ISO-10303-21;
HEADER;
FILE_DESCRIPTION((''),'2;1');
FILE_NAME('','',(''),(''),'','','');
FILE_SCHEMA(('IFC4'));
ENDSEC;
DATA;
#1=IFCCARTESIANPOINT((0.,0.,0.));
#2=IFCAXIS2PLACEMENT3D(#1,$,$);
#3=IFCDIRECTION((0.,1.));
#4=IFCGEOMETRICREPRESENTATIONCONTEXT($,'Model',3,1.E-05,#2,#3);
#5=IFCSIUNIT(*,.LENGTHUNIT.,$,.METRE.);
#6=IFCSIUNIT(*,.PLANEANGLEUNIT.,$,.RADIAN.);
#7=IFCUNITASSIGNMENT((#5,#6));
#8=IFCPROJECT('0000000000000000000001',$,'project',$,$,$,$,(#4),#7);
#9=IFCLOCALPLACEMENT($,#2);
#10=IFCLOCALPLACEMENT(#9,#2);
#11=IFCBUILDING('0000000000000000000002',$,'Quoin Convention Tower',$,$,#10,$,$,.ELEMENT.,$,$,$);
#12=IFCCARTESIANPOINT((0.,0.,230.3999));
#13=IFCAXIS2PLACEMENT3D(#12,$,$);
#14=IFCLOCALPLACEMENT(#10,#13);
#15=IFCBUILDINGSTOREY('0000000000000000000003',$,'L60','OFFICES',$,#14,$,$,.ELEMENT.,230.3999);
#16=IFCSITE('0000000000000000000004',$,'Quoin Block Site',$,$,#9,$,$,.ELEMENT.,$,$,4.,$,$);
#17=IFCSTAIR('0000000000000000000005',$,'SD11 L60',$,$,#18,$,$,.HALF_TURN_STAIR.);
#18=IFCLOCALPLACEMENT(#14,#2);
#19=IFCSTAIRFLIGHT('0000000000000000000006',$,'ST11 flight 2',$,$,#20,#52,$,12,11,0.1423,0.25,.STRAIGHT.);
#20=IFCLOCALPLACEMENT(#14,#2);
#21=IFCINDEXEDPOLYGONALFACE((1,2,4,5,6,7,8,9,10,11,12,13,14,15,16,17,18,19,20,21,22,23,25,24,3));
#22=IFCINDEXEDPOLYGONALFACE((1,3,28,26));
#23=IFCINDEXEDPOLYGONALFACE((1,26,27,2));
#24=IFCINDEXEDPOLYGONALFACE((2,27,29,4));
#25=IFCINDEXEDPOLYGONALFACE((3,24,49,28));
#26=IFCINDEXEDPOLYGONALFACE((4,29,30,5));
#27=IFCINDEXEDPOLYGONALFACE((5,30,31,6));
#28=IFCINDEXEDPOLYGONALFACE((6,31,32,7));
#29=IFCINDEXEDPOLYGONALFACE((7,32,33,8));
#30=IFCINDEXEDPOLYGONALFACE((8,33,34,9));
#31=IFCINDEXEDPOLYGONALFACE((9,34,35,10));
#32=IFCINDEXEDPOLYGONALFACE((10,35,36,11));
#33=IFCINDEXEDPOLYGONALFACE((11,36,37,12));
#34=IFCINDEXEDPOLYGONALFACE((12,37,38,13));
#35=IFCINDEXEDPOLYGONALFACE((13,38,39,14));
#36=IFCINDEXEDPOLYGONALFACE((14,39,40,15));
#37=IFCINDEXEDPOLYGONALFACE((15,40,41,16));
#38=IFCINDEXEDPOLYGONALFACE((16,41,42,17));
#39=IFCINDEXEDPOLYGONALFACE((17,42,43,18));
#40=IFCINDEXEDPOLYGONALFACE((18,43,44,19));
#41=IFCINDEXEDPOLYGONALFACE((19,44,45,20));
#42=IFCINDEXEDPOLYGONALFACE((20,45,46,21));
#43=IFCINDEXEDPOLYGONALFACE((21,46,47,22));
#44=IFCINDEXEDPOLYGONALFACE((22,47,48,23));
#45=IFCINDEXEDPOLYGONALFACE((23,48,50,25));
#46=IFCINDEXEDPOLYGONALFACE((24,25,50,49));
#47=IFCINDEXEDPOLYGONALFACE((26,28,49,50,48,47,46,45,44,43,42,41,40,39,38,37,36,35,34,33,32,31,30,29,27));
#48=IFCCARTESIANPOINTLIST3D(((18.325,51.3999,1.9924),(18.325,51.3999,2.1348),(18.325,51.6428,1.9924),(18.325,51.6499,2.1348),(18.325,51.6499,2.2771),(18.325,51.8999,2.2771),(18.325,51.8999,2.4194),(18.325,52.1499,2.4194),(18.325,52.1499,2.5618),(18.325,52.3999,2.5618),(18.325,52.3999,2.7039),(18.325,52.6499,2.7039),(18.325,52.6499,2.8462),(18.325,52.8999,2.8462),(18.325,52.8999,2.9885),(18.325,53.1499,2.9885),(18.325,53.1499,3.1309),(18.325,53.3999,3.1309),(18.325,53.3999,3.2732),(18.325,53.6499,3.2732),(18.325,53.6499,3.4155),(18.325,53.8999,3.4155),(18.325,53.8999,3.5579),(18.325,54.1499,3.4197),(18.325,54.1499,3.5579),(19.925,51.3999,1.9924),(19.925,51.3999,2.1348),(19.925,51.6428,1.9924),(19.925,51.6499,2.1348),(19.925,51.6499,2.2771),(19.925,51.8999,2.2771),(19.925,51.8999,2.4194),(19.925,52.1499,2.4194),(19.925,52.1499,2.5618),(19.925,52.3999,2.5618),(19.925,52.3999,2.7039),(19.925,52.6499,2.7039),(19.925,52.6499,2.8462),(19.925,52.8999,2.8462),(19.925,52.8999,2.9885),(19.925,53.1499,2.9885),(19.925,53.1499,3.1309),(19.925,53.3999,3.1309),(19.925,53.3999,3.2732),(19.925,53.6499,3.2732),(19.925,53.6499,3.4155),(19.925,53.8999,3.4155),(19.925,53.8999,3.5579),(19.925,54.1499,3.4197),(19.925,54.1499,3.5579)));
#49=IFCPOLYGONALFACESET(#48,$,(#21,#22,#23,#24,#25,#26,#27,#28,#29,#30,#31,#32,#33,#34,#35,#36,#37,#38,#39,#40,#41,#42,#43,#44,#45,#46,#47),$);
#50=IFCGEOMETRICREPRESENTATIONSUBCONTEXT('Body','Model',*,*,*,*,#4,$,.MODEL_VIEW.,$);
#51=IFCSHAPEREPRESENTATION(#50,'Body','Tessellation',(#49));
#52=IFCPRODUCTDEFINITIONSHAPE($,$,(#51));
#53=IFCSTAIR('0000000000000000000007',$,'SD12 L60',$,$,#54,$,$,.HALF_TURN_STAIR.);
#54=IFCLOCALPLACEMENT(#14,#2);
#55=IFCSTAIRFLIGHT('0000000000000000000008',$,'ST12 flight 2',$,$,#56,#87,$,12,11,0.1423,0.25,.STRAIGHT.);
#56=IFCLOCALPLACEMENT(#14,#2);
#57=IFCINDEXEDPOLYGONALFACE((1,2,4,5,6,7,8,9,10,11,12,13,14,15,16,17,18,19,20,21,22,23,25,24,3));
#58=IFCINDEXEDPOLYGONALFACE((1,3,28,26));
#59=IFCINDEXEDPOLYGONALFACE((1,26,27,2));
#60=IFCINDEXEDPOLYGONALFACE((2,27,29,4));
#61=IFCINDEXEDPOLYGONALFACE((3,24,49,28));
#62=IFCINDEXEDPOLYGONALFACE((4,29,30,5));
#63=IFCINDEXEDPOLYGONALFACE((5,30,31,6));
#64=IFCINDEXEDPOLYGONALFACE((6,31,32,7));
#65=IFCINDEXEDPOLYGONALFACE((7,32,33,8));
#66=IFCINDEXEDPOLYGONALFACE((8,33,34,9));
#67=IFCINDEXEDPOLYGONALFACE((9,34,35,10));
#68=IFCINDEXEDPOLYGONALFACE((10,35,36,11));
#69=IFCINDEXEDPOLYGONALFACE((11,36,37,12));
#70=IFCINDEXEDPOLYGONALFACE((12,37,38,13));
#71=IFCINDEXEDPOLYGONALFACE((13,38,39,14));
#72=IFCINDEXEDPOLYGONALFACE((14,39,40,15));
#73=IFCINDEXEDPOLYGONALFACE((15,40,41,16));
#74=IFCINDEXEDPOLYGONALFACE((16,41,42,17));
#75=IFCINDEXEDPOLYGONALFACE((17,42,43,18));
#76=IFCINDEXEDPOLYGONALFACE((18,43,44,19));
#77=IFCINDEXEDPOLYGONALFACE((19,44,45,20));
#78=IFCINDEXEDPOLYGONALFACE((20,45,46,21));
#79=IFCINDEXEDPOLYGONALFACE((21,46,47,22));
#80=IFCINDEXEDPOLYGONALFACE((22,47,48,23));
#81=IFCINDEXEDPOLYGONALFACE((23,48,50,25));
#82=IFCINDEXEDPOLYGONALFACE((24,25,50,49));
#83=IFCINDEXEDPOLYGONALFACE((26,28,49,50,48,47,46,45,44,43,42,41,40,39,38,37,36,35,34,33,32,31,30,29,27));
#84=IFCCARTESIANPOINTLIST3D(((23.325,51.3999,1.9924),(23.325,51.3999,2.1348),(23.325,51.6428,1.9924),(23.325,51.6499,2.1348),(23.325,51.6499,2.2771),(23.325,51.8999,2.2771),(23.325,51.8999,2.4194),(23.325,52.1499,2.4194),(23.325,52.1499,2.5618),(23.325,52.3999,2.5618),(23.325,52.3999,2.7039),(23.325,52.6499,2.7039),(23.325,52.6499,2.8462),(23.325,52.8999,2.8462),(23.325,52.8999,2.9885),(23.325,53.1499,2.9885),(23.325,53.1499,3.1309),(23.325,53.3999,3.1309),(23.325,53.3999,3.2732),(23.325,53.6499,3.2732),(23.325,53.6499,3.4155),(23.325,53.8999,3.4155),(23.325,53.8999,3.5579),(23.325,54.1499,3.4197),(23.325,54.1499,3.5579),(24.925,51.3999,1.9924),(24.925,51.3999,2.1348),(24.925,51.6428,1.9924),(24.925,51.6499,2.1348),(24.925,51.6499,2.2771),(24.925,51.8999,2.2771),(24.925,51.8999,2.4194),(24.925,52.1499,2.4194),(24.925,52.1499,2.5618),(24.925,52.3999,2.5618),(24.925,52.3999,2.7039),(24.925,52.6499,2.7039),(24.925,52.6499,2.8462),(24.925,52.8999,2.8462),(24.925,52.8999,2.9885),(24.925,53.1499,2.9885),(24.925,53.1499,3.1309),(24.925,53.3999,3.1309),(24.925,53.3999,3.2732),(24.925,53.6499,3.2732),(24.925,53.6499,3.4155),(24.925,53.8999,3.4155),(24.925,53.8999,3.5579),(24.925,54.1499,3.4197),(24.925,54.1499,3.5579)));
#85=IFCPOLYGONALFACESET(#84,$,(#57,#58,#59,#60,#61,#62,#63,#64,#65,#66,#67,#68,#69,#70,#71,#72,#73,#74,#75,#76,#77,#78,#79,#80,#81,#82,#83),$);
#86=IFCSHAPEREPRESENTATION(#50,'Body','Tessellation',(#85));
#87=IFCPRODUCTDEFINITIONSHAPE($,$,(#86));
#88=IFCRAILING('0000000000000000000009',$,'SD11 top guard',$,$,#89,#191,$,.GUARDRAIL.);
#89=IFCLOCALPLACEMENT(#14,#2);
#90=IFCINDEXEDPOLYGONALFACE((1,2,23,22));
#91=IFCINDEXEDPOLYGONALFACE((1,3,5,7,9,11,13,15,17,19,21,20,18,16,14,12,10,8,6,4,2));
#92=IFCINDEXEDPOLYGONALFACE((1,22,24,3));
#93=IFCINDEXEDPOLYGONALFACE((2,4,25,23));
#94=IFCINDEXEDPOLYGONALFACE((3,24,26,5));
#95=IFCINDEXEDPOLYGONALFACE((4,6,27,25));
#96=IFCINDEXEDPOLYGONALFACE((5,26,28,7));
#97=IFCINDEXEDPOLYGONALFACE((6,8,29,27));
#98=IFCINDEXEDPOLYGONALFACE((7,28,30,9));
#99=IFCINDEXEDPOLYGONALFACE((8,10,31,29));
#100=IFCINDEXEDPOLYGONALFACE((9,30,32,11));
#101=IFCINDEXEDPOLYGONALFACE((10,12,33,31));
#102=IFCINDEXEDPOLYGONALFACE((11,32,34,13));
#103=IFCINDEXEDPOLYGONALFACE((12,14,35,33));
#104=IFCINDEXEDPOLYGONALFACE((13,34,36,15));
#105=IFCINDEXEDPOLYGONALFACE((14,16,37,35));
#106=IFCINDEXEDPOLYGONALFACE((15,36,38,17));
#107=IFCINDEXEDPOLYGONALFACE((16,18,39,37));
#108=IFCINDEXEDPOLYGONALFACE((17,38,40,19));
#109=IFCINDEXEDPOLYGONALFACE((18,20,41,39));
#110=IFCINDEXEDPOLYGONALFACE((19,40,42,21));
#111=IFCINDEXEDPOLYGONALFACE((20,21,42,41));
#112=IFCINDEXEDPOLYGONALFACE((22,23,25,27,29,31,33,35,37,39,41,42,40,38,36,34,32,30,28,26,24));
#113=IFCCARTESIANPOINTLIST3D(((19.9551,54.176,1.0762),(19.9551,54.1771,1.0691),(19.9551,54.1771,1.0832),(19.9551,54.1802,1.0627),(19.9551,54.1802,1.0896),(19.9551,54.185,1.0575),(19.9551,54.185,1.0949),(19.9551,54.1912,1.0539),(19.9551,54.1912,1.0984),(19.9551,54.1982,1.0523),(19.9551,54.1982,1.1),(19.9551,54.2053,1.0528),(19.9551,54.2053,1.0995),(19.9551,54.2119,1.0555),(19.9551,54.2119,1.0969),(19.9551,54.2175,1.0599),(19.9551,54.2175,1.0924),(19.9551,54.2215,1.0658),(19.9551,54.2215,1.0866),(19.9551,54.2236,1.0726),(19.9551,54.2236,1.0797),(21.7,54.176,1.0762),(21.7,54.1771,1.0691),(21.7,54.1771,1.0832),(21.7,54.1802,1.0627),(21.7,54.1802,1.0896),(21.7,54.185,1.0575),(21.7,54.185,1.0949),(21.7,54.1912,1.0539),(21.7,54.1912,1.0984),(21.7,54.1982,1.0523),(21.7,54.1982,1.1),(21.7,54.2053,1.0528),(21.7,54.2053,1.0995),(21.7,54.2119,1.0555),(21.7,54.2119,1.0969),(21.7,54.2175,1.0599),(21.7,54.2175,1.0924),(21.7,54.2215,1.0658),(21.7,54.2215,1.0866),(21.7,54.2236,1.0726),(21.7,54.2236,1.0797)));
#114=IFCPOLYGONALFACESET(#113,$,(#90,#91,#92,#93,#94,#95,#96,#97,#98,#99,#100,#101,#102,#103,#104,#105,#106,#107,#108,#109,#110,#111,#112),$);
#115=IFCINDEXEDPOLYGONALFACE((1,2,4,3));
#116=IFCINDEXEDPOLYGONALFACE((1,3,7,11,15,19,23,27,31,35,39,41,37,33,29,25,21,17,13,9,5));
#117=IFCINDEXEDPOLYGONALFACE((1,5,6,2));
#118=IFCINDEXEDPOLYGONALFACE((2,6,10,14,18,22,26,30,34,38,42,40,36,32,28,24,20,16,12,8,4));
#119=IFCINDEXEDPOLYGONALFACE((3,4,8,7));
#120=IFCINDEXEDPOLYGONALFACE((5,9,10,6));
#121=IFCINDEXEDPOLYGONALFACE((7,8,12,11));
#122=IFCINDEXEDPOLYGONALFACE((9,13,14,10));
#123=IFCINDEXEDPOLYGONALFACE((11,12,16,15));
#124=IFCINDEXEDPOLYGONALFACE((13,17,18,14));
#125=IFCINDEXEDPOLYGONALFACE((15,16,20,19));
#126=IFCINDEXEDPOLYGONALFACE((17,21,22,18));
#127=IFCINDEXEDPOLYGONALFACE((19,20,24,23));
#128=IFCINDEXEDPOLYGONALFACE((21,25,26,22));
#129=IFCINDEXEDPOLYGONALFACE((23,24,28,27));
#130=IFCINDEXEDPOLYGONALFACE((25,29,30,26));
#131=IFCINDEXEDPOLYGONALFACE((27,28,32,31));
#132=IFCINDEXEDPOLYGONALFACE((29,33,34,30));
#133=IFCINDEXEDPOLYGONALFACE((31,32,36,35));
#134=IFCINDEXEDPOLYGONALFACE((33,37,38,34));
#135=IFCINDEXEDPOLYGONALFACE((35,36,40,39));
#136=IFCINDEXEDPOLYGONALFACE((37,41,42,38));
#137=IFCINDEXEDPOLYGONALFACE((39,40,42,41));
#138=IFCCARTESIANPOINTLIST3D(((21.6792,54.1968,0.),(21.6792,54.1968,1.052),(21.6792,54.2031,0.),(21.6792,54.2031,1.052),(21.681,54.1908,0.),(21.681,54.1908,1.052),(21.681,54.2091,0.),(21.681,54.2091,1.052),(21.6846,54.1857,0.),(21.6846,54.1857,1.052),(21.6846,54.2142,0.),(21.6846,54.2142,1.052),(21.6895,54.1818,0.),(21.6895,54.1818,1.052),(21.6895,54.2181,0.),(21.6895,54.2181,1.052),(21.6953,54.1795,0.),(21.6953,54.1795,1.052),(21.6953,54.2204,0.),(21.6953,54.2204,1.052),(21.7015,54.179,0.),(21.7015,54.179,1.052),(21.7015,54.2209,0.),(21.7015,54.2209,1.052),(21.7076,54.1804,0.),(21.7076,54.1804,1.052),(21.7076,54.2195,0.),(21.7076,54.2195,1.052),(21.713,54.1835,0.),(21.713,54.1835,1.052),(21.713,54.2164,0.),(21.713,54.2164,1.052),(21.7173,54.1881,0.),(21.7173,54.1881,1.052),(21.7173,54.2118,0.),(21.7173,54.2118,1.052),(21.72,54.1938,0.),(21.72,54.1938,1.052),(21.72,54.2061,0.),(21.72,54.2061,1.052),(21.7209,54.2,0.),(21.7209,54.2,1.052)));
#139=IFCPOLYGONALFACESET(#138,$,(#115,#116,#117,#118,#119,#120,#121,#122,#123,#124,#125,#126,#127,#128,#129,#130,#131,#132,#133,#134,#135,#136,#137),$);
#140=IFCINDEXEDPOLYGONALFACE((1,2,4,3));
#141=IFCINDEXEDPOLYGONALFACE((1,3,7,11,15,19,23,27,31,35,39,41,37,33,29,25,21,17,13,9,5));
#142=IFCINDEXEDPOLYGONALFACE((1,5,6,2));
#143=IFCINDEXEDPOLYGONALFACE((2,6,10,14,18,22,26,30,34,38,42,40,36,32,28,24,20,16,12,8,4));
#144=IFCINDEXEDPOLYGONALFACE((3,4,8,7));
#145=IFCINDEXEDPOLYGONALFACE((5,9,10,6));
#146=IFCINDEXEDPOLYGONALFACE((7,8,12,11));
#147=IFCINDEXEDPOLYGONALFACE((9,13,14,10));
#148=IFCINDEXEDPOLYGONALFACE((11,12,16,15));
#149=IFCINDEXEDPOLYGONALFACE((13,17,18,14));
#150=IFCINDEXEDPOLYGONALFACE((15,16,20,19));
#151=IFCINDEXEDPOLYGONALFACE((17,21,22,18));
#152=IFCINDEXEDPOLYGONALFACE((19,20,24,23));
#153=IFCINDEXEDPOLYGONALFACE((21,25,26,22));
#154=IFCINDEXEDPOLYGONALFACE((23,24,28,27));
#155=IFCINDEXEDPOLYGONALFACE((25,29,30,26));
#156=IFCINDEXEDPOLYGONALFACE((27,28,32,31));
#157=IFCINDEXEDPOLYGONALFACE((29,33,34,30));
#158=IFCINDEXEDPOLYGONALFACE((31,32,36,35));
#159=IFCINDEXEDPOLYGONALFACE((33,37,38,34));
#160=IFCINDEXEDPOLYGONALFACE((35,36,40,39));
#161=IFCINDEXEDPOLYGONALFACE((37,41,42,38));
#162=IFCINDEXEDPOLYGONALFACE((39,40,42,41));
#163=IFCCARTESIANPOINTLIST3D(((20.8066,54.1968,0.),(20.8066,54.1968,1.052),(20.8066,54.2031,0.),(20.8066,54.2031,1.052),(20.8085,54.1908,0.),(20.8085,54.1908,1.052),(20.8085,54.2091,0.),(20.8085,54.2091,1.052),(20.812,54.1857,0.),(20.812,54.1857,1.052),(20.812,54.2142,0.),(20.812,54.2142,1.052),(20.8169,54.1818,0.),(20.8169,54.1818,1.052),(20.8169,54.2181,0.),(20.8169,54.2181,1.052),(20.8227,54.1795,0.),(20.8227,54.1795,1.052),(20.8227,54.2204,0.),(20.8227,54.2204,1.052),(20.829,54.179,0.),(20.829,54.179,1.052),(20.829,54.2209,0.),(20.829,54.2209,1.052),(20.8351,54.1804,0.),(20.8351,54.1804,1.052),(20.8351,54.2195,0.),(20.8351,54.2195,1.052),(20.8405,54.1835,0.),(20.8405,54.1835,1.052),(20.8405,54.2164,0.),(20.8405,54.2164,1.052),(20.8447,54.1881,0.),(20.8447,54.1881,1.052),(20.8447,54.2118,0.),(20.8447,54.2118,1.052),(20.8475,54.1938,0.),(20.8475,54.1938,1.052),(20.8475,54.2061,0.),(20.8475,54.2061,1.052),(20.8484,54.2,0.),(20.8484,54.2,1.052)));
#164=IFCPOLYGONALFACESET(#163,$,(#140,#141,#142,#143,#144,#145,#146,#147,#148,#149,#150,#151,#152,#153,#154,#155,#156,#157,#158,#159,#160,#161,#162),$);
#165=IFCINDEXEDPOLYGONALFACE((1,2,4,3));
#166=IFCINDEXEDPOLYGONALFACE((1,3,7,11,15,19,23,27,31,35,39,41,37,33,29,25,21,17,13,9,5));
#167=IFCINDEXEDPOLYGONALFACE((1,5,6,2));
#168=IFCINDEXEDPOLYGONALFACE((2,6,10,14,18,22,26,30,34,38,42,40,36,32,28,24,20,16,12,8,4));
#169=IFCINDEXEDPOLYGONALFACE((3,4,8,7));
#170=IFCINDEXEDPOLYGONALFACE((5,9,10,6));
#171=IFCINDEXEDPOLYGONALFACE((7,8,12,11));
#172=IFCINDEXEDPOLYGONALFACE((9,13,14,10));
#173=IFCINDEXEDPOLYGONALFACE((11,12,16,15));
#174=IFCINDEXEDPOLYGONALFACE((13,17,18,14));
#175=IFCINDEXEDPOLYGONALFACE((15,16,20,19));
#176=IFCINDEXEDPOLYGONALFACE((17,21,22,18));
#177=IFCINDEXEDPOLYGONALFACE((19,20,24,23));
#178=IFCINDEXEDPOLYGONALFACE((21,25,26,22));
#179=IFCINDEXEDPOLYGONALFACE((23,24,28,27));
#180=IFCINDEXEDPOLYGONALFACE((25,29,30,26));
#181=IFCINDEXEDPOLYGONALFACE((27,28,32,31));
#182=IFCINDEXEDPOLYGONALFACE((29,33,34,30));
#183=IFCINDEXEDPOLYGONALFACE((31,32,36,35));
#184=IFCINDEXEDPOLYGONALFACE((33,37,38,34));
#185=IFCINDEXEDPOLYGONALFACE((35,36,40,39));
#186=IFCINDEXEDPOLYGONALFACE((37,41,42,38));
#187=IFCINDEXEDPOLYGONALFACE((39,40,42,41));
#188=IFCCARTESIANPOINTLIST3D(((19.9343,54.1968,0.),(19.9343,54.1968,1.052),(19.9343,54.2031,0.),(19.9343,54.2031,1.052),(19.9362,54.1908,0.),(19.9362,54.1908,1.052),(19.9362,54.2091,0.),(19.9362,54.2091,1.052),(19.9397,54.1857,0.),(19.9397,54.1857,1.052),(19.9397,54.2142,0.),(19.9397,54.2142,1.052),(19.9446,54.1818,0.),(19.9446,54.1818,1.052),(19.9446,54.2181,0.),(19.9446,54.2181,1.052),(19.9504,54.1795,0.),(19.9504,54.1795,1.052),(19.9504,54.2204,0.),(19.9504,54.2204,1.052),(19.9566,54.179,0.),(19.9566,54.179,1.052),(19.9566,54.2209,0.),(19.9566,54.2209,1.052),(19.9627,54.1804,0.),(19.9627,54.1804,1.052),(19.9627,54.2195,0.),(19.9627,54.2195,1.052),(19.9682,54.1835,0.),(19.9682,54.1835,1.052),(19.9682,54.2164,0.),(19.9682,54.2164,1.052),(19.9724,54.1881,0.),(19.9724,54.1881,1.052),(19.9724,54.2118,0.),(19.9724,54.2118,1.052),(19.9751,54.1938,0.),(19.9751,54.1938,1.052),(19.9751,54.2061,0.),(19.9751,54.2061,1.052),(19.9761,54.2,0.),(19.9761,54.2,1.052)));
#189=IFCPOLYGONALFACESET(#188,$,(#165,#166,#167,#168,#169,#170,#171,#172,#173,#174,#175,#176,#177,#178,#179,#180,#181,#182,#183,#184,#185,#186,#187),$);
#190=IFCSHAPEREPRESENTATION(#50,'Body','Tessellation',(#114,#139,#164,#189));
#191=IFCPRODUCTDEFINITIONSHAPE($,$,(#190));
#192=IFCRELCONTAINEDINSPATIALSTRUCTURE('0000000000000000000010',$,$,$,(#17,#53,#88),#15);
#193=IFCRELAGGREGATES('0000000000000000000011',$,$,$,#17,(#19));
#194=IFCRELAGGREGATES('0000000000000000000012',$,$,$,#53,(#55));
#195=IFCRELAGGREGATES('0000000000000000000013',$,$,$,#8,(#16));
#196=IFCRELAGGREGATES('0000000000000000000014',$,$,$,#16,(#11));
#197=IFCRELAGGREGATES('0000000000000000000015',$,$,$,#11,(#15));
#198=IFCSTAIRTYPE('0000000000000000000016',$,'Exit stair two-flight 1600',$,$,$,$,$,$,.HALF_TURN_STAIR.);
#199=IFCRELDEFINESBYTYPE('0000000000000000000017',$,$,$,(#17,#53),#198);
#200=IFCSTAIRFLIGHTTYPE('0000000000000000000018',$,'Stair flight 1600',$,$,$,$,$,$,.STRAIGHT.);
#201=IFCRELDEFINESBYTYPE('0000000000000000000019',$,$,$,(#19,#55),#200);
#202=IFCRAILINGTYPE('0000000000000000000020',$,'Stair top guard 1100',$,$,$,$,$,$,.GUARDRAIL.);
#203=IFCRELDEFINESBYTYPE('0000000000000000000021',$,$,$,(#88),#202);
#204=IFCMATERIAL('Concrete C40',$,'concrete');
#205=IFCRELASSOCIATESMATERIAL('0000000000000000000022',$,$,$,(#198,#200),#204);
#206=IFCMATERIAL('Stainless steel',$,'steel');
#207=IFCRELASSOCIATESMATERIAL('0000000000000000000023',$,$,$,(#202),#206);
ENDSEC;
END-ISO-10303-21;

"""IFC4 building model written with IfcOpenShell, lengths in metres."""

from ifc_helpers import new_model, si_unit, direction, frame, origin, origin_2d, place, context, subcontext, project, spatial, polyline, circle, outline, extrude, material, type_object, element, aggregate, save


model = new_model("IFC4")

# Units and contexts
model_context = context("Model", 3, precision=1e-05, world=origin(), true_north=direction((0.0, 1.0)))
body_context = subcontext(model_context, "Body", "Model", "MODEL_VIEW")
ifc_project = project(units=[si_unit("LENGTHUNIT", "METRE"), si_unit("PLANEANGLEUNIT", "RADIAN")], contexts=[model_context])

# Site, building, storey
site_placement = place(None, origin())
site = spatial("IfcSite", under=ifc_project, at=site_placement, Name="Quoin Block Site", CompositionType="ELEMENT", RefElevation=4.0)
building_placement = place(site_placement, origin())
building = spatial("IfcBuilding", under=site, at=building_placement, Name="Quoin Convention Tower", CompositionType="ELEMENT")
storey_placement = place(building_placement, frame((0.0, 0.0, 230.3999)))
storey = spatial("IfcBuildingStorey", under=building, at=storey_placement, Name="L60", Description="OFFICES", CompositionType="ELEMENT", Elevation=230.3999)

# Stair, stair flight
ifc_material_1 = material(Name="Concrete C40", Category="concrete")
stair_type = type_object("IfcStairType", Name="Exit stair two-flight 1600", PredefinedType="HALF_TURN_STAIR", material=ifc_material_1)
stair_1_placement = place(storey_placement, origin())
stair_1 = element("IfcStair", 1, at=stair_1_placement, inside=storey, type_object=stair_type, Name="SD11 L60", PredefinedType="HALF_TURN_STAIR")
stair_flight_type = type_object("IfcStairFlightType", Name="Stair flight 1600", PredefinedType="STRAIGHT", material=ifc_material_1)
stair_flight_1_placement = place(storey_placement, frame((19.125, 51.3999, 1.9924), z_axis=(0.0, 0.0, 1.0), x_axis=(0.0, 1.0, 0.0)))
stair_flight_1 = element("IfcStairFlight", 2, at=stair_flight_1_placement, type_object=stair_flight_type, Name="ST11 flight 2", NumberOfRisers=12, NumberOfTreads=11, PredefinedType="STRAIGHT", RiserHeight=0.1423, TreadLength=0.25, context=body_context, shape_type="SweptSolid", body=[
    extrude(outline(polyline([(0.0, 0.0), (0.0, 0.1423), (0.25, 0.1423), (0.25, 0.2847), (0.5, 0.2847), (0.5, 0.427), (0.75, 0.427), (0.75, 0.5693), (1.0, 0.5693), (1.0, 0.7114), (1.25, 0.7114), (1.25, 0.8538), (1.5, 0.8538), (1.5, 0.9961), (1.75, 0.9961), (1.75, 1.1384), (2.0, 1.1384), (2.0, 1.2808), (2.25, 1.2808), (2.25, 1.4231), (2.5, 1.4231), (2.5, 1.5654), (2.75, 1.5654), (2.75, 1.7078), (2.75, 1.4272), (0.2429, 0.0), (0.0, 0.0)])), frame((0.0, 0.8, 0.0), z_axis=(0.0, -1.0, 0.0), x_axis=(1.0, 0.0, 0.0)), (0.0, 0.0, 1.0), 1.6001),
])
aggregate(stair_1, [stair_flight_1])

# Stair, stair flight
stair_2_placement = place(storey_placement, origin())
stair_2 = element("IfcStair", 3, at=stair_2_placement, inside=storey, type_object=stair_type, Name="SD12 L60", PredefinedType="HALF_TURN_STAIR")
stair_flight_2_placement = place(storey_placement, frame((24.125, 51.3999, 1.9924), z_axis=(0.0, 0.0, 1.0), x_axis=(0.0, 1.0, 0.0)))
stair_flight_2 = element("IfcStairFlight", 4, at=stair_flight_2_placement, type_object=stair_flight_type, Name="ST12 flight 2", NumberOfRisers=12, NumberOfTreads=11, PredefinedType="STRAIGHT", RiserHeight=0.1423, TreadLength=0.25, context=body_context, shape_type="SweptSolid", body=[
    extrude(outline(polyline([(0.0, 0.0), (0.0, 0.1423), (0.25, 0.1423), (0.25, 0.2847), (0.5, 0.2847), (0.5, 0.427), (0.75, 0.427), (0.75, 0.5693), (1.0, 0.5693), (1.0, 0.7114), (1.25, 0.7114), (1.25, 0.8538), (1.5, 0.8538), (1.5, 0.9961), (1.75, 0.9961), (1.75, 1.1384), (2.0, 1.1384), (2.0, 1.2808), (2.25, 1.2808), (2.25, 1.4231), (2.5, 1.4231), (2.5, 1.5654), (2.75, 1.5654), (2.75, 1.7078), (2.75, 1.4272), (0.2429, 0.0), (0.0, 0.0)])), frame((0.0, 0.8, 0.0), z_axis=(0.0, -1.0, 0.0), x_axis=(1.0, 0.0, 0.0)), (0.0, 0.0, 1.0), 1.6001),
])
aggregate(stair_2, [stair_flight_2])

# Railing
ifc_material_2 = material(Name="Stainless steel", Category="steel")
railing_type_1 = type_object("IfcRailingType", Name="Stair top guard 1100", PredefinedType="GUARDRAIL", material=ifc_material_2)
railing_1_placement = place(storey_placement, frame((21.7, 54.2, 0.0)))
element("IfcRailing", 5, at=railing_1_placement, inside=storey, type_object=railing_type_1, Name="SD11 top guard", PredefinedType="GUARDRAIL", context=body_context, shape_type="SweptSolid", body=[
    extrude(circle(Radius=0.0239, at=origin_2d()), frame((0.0, 0.0, 1.0762), z_axis=(-1.0, 0.0, 0.0), x_axis=(0.0, -1.0, 0.0)), (0.0, 0.0, 1.0), 1.7449),
    extrude(circle(Radius=0.021, at=origin_2d()), origin(), (0.0, 0.0, 1.0), 1.052),
    extrude(circle(Radius=0.021, at=origin_2d()), frame((-0.8726, 0.0, 0.0)), (0.0, 0.0, 1.0), 1.052),
    extrude(circle(Radius=0.021, at=origin_2d()), frame((-1.7449, 0.0, 0.0)), (0.0, 0.0, 1.0), 1.052),
])

save(model, "model.ifc")
